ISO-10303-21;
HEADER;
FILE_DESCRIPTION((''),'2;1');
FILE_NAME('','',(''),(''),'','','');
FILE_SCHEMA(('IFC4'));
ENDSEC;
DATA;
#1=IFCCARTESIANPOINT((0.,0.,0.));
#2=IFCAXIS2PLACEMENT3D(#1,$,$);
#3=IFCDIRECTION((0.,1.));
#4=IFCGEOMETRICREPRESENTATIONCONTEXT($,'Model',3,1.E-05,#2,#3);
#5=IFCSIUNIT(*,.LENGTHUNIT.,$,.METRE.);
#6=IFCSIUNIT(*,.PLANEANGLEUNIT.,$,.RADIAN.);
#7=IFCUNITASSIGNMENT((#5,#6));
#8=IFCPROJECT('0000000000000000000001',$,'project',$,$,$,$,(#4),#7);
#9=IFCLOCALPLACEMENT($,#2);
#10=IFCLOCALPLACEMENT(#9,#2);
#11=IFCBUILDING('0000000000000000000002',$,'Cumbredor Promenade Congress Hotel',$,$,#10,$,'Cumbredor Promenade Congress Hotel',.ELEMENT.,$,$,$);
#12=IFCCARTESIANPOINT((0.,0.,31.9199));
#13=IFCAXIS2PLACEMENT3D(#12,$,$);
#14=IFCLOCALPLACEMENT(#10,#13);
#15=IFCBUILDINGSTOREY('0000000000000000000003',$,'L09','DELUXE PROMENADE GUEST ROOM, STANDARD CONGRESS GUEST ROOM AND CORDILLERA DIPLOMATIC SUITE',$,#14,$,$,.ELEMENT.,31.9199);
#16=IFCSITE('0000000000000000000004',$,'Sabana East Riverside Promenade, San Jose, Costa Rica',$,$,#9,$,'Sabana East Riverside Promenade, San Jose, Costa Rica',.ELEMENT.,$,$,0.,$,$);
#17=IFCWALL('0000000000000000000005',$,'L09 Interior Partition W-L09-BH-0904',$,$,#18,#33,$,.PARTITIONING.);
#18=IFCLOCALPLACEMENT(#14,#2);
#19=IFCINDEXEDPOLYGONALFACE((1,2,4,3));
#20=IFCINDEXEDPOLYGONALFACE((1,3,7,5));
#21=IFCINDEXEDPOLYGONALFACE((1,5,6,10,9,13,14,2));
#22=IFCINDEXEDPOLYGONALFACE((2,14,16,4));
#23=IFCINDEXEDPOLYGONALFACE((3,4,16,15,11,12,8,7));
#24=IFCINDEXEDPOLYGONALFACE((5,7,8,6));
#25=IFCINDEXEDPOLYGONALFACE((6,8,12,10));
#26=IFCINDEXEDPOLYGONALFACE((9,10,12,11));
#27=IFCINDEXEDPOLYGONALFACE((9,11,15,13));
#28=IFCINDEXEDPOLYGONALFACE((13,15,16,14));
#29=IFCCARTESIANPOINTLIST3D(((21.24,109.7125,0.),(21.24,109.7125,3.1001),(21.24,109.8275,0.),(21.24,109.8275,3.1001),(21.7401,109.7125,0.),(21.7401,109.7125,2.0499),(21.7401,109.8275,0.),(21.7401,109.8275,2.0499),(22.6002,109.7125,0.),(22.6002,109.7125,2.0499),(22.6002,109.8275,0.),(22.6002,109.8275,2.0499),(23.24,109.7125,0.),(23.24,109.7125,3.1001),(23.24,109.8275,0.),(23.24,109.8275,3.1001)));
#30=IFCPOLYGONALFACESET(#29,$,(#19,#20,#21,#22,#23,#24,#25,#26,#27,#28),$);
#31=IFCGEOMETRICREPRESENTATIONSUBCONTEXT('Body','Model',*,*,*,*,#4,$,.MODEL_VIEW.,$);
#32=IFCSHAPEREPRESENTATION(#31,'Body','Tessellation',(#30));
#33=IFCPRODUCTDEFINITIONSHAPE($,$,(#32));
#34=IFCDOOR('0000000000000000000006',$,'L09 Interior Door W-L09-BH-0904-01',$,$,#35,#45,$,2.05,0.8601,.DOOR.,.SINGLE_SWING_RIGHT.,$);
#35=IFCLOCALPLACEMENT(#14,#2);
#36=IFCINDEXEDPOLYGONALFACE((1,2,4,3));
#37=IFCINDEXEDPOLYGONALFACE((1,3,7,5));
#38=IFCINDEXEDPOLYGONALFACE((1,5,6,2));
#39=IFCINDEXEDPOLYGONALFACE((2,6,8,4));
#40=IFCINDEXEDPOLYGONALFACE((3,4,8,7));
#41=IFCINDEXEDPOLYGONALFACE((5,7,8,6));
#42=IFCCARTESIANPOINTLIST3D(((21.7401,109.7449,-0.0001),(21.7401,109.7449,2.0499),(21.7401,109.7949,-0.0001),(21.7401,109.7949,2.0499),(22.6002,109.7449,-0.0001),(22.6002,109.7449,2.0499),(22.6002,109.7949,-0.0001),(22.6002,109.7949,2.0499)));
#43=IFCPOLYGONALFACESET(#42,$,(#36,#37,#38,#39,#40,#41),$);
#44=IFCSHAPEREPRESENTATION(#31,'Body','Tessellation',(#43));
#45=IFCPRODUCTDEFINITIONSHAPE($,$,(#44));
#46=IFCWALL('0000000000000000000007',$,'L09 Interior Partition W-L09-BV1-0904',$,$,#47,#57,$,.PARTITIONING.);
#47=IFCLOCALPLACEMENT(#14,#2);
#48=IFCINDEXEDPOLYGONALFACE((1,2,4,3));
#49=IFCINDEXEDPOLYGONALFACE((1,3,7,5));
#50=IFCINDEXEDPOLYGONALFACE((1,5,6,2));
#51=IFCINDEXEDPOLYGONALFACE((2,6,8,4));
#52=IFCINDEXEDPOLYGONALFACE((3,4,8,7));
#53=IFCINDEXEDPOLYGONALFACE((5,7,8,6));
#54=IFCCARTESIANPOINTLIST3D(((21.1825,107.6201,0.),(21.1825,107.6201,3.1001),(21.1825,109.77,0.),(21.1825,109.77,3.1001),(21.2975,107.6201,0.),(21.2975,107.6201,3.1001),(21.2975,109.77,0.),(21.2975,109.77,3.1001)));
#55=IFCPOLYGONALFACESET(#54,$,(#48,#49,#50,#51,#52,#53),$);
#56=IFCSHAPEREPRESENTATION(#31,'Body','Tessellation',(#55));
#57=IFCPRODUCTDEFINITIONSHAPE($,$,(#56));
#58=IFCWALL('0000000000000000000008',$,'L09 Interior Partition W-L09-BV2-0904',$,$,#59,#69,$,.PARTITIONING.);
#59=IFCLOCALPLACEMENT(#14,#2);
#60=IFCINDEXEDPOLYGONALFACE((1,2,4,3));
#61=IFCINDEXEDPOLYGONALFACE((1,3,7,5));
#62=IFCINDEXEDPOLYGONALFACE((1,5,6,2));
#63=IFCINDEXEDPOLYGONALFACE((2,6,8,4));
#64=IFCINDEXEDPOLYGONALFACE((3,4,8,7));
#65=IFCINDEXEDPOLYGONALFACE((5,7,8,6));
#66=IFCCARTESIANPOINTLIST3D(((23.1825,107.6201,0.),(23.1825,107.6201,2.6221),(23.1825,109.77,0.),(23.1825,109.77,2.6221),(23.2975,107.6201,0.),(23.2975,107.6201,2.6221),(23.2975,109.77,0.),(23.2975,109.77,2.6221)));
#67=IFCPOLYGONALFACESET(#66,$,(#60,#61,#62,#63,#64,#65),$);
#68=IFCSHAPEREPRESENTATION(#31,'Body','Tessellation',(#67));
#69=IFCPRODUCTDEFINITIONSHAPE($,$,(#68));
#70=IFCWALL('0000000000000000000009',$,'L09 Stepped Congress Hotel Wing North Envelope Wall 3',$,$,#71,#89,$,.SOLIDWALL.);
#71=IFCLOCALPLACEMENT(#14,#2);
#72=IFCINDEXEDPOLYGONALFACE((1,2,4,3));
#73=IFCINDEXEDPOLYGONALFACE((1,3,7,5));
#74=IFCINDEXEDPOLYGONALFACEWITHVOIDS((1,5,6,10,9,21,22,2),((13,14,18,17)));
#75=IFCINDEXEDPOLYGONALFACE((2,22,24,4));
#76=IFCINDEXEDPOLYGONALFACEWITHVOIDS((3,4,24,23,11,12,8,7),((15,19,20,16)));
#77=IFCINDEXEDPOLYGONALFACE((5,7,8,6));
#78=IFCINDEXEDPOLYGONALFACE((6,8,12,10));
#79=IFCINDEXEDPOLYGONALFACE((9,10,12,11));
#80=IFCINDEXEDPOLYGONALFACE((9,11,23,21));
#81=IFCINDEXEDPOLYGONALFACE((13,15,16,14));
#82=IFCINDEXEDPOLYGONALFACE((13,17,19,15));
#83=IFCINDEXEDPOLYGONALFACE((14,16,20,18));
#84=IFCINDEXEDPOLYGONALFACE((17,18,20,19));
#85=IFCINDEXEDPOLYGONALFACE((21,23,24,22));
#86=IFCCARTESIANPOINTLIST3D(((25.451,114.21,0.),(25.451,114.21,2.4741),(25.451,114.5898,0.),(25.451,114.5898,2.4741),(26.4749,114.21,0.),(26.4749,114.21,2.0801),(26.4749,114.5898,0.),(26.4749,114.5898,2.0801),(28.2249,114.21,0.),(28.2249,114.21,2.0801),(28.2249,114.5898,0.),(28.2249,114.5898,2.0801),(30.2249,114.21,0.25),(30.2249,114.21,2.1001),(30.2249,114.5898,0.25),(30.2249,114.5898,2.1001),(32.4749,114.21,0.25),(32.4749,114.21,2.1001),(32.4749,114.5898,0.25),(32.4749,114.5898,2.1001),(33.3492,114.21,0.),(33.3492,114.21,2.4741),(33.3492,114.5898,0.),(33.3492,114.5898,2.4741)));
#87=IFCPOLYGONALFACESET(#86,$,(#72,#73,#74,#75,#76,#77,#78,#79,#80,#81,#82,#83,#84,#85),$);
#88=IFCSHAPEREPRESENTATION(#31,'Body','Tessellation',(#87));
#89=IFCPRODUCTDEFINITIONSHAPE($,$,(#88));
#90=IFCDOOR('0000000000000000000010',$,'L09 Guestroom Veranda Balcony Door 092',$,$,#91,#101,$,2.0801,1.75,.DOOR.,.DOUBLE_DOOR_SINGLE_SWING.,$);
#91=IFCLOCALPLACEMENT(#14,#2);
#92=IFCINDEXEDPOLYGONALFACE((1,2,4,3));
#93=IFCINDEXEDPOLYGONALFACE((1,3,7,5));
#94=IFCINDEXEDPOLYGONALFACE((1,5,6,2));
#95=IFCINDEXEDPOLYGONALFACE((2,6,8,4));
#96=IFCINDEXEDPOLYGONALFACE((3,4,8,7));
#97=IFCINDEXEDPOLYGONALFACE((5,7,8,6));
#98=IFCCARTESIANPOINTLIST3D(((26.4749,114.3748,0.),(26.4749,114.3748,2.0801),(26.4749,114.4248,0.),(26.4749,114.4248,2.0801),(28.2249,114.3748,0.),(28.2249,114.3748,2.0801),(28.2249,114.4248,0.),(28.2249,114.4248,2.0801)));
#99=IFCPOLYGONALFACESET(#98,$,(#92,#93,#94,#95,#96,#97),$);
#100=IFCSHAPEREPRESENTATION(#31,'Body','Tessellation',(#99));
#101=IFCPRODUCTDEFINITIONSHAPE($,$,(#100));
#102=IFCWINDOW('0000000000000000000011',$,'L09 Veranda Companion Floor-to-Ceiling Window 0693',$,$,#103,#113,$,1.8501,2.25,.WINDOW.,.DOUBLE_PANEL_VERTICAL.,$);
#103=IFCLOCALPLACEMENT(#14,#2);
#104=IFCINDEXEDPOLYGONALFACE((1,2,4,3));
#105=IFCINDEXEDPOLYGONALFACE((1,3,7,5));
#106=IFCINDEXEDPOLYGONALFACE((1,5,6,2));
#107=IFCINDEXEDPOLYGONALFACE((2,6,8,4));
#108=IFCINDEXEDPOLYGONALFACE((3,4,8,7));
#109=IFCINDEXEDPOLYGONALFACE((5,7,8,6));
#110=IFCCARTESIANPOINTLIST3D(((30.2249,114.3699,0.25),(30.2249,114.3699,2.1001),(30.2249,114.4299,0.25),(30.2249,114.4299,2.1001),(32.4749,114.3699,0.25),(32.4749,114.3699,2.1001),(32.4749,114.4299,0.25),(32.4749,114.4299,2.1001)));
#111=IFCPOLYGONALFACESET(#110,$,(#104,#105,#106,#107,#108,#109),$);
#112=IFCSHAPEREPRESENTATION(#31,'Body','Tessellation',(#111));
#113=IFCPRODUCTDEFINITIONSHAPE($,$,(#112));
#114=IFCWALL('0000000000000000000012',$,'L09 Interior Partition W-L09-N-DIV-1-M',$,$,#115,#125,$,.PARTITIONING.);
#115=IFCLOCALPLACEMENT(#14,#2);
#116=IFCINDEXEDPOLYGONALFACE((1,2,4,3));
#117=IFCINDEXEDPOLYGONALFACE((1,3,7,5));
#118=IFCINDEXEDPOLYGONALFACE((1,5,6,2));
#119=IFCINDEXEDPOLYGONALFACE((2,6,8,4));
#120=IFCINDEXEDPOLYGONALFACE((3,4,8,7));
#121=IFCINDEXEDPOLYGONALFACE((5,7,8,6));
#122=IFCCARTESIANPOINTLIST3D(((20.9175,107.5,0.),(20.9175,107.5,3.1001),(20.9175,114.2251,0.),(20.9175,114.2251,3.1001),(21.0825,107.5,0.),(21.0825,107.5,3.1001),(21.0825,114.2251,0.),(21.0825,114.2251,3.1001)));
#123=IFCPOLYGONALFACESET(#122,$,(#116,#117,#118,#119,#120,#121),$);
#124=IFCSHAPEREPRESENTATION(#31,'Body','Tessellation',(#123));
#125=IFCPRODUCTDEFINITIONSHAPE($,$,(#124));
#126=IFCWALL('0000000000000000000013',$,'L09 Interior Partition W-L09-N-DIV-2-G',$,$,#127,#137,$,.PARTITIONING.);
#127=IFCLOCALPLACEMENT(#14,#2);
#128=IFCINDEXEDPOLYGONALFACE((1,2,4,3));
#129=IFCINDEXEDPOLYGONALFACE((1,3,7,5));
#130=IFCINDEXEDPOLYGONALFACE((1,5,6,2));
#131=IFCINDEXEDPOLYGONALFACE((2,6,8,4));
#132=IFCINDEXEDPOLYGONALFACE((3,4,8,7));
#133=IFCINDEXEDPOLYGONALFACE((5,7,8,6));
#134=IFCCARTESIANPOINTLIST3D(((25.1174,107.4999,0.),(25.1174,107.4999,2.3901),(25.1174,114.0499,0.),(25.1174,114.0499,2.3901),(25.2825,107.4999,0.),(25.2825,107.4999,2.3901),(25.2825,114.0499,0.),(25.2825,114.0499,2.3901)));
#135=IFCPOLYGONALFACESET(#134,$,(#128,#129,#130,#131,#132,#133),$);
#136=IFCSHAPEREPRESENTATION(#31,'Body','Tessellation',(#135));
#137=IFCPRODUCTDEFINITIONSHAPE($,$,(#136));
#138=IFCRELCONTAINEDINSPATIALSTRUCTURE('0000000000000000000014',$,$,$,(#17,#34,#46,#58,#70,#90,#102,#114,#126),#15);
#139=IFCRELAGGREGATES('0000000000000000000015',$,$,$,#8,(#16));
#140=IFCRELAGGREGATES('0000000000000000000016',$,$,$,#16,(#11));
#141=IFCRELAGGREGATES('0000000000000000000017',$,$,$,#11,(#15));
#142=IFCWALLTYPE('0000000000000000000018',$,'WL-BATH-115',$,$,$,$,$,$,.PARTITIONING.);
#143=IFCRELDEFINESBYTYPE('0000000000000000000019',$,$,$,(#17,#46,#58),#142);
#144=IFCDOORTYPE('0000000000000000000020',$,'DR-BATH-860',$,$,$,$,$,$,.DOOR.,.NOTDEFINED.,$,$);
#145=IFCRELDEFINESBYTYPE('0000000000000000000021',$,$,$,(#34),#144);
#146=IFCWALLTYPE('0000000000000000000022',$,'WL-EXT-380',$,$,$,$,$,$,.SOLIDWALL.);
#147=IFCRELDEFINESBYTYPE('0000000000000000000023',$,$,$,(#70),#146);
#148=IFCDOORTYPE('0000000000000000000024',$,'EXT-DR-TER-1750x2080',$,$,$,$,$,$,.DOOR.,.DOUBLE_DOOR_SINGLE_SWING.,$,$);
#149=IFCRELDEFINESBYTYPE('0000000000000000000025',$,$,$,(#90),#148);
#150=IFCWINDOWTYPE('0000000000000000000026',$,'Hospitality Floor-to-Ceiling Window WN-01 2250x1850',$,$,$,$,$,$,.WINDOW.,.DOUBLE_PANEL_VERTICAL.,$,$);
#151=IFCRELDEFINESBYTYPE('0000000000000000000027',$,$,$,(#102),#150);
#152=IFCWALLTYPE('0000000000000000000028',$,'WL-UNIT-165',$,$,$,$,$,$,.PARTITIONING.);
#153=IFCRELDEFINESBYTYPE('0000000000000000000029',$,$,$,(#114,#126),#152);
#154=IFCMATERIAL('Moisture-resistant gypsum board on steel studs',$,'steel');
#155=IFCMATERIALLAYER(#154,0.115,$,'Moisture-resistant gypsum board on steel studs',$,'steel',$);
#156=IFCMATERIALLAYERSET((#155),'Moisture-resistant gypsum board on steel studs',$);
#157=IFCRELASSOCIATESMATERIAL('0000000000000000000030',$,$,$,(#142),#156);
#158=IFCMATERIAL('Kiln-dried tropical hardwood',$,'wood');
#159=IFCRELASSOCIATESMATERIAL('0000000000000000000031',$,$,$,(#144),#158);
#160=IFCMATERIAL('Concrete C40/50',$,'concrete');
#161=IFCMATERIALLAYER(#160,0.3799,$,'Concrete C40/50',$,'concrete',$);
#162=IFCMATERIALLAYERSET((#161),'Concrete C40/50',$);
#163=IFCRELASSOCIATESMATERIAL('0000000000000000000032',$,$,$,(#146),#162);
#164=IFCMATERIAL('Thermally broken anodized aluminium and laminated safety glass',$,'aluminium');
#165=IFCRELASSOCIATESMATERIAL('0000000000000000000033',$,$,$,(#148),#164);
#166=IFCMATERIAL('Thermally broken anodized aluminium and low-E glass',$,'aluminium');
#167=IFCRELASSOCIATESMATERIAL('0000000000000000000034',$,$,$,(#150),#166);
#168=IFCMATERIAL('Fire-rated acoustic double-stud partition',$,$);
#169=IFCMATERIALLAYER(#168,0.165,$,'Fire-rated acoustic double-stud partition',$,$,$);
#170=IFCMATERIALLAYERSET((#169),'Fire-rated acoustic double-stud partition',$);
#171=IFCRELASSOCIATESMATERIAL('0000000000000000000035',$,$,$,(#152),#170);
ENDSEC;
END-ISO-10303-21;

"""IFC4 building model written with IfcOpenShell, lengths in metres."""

from ifc_helpers import new_model, si_unit, direction, frame, frame_2d, origin, place, context, subcontext, project, spatial, rectangle, extrude, material, layer, layer_set, type_object, element, fill, save


model = new_model("IFC4")

# Units and contexts
model_context = context("Model", 3, precision=1e-05, world=origin(), true_north=direction((0.0, 1.0)))
body_context = subcontext(model_context, "Body", "Model", "MODEL_VIEW")
ifc_project = project(units=[si_unit("LENGTHUNIT", "METRE"), si_unit("PLANEANGLEUNIT", "RADIAN")], contexts=[model_context])

# Site, building, storey
site_placement = place(None, origin())
site = spatial("IfcSite", under=ifc_project, at=site_placement, Name="Sabana East Riverside Promenade, San Jose, Costa Rica", LongName="Sabana East Riverside Promenade, San Jose, Costa Rica", CompositionType="ELEMENT", RefElevation=0.0)
building_placement = place(site_placement, origin())
building = spatial("IfcBuilding", under=site, at=building_placement, Name="Cumbredor Promenade Congress Hotel", LongName="Cumbredor Promenade Congress Hotel", CompositionType="ELEMENT")
storey_placement = place(building_placement, frame((0.0, 0.0, 31.9199)))
storey = spatial("IfcBuildingStorey", under=building, at=storey_placement, Name="L09", Description="DELUXE PROMENADE GUEST ROOM, STANDARD CONGRESS GUEST ROOM AND CORDILLERA DIPLOMATIC SUITE", CompositionType="ELEMENT", Elevation=31.9199)

# Shared definitions
ifc_material_1 = material(Name="Concrete C40/50", Category="concrete")

# Shared definitions
ifc_material_2 = material(Name="Thermally broken anodized aluminium and low-E glass", Category="aluminium")
ifc_material_3 = material(Name="Kiln-dried tropical hardwood", Category="wood")

# Shared definitions
ifc_material_4 = material(Name="Moisture-resistant gypsum board on steel studs", Category="steel")
ifc_layer_1 = layer(ifc_material_4, 0.115, Name="Moisture-resistant gypsum board on steel studs", Category="steel")
ifc_layer_set_1 = layer_set([ifc_layer_1], Name="Moisture-resistant gypsum board on steel studs")
wall_type_1 = type_object("IfcWallType", Name="WL-BATH-115", PredefinedType="PARTITIONING", material=ifc_layer_set_1)

# Wall, opening, door
wall_1_placement = place(storey_placement, frame((21.24, 109.77, 0.0), z_axis=(0.0, 0.0, 1.0), x_axis=(1.0, 0.0, 0.0)))
wall_1 = element("IfcWall", 1, at=wall_1_placement, inside=storey, type_object=wall_type_1, Name="L09 Interior Partition W-L09-BH-0904", PredefinedType="PARTITIONING", context=body_context, shape_type="SweptSolid", body=[
    extrude(rectangle(XDim=2.0, YDim=0.115, at=frame_2d((1.0, 0.0))), origin(), (0.0, 0.0, 1.0), 3.1001),
])
opening_1_placement = place(wall_1_placement, frame((0.5, 0.0, 0.0)))
opening_1 = element("IfcOpeningElement", 2, at=opening_1_placement, cuts=wall_1, PredefinedType="OPENING", context=body_context, shape_type="SweptSolid", body=[
    extrude(rectangle(XDim=0.8601, YDim=2.05, at=frame_2d((0.4302, 1.0249))), frame((0.0, 0.0674, 0.0), z_axis=(0.0, -1.0, 0.0), x_axis=(1.0, 0.0, 0.0)), (0.0, 0.0, 1.0), 0.135),
])
door_type_1 = type_object("IfcDoorType", Name="DR-BATH-860", OperationType="NOTDEFINED", PredefinedType="DOOR", material=ifc_material_3)
door_1_placement = place(opening_1_placement, origin())
door_1 = element("IfcDoor", 3, at=door_1_placement, inside=storey, type_object=door_type_1, Name="L09 Interior Door W-L09-BH-0904-01", OperationType="SINGLE_SWING_RIGHT", OverallHeight=2.05, OverallWidth=0.8601, PredefinedType="DOOR", context=body_context, shape_type="SweptSolid", body=[
    extrude(rectangle(XDim=0.8601, YDim=2.05, at=frame_2d((0.4302, 1.0249))), frame((0.0, 0.0249, 0.0), z_axis=(0.0, -1.0, 0.0), x_axis=(1.0, 0.0, 0.0)), (0.0, 0.0, 1.0), 0.05),
])
fill(opening_1, door_1)

# Walls
wall_2_placement = place(storey_placement, frame((21.24, 107.6201, 0.0), z_axis=(0.0, 0.0, 1.0), x_axis=(0.0, 1.0, 0.0)))
element("IfcWall", 4, at=wall_2_placement, inside=storey, type_object=wall_type_1, Name="L09 Interior Partition W-L09-BV1-0904", PredefinedType="PARTITIONING", context=body_context, shape_type="SweptSolid", body=[
    extrude(rectangle(XDim=2.1499, YDim=0.115, at=frame_2d((1.075, 0.0))), origin(), (0.0, 0.0, 1.0), 3.1001),
])
wall_3_placement = place(storey_placement, frame((23.24, 107.6201, 0.0), z_axis=(0.0, 0.0, 1.0), x_axis=(0.0, 1.0, 0.0)))
element("IfcWall", 5, at=wall_3_placement, inside=storey, type_object=wall_type_1, Name="L09 Interior Partition W-L09-BV2-0904", PredefinedType="PARTITIONING", context=body_context, shape_type="SweptSolid", body=[
    extrude(rectangle(XDim=2.1499, YDim=0.115, at=frame_2d((1.075, 0.0))), origin(), (0.0, 0.0, 1.0), 2.6221),
])

# Wall, openings, door, window
ifc_layer_2 = layer(ifc_material_1, 0.3799, Name="Concrete C40/50", Category="concrete")
ifc_layer_set_2 = layer_set([ifc_layer_2], Name="Concrete C40/50")
wall_type_2 = type_object("IfcWallType", Name="WL-EXT-380", PredefinedType="SOLIDWALL", material=ifc_layer_set_2)
wall_4_placement = place(storey_placement, frame((25.4509, 114.3999, 0.0), z_axis=(0.0, 0.0, 1.0), x_axis=(1.0, 0.0, 0.0)))
wall_4 = element("IfcWall", 6, at=wall_4_placement, inside=storey, type_object=wall_type_2, Name="L09 Stepped Congress Hotel Wing North Envelope Wall 3", PredefinedType="SOLIDWALL", context=body_context, shape_type="SweptSolid", body=[
    extrude(rectangle(XDim=7.8982, YDim=0.3799, at=frame_2d((3.9492, 0.0))), origin(), (0.0, 0.0, 1.0), 2.4741),
])
opening_2_placement = place(wall_4_placement, frame((1.0239, 0.0, 0.0)))
opening_2 = element("IfcOpeningElement", 7, at=opening_2_placement, cuts=wall_4, PredefinedType="OPENING", context=body_context, shape_type="SweptSolid", body=[
    extrude(rectangle(XDim=1.75, YDim=2.0801, at=frame_2d((0.875, 1.04))), frame((0.0, 0.2, 0.0), z_axis=(0.0, -1.0, 0.0), x_axis=(1.0, 0.0, 0.0)), (0.0, 0.0, 1.0), 0.3999),
])
opening_3_placement = place(wall_4_placement, frame((4.7739, 0.0, 0.25)))
opening_3 = element("IfcOpeningElement", 8, at=opening_3_placement, cuts=wall_4, PredefinedType="OPENING", context=body_context, shape_type="SweptSolid", body=[
    extrude(rectangle(XDim=2.25, YDim=1.8501, at=frame_2d((1.125, 0.925))), frame((0.0, 0.2, 0.0), z_axis=(0.0, -1.0, 0.0), x_axis=(1.0, 0.0, 0.0)), (0.0, 0.0, 1.0), 0.3999),
])
ifc_material_5 = material(Name="Thermally broken anodized aluminium and laminated safety glass", Category="aluminium")
door_type_2 = type_object("IfcDoorType", Name="EXT-DR-TER-1750x2080", OperationType="DOUBLE_DOOR_SINGLE_SWING", PredefinedType="DOOR", material=ifc_material_5)
door_2_placement = place(opening_2_placement, origin())
door_2 = element("IfcDoor", 9, at=door_2_placement, inside=storey, type_object=door_type_2, Name="L09 Guestroom Veranda Balcony Door 092", OperationType="DOUBLE_DOOR_SINGLE_SWING", OverallHeight=2.0801, OverallWidth=1.75, PredefinedType="DOOR", context=body_context, shape_type="SweptSolid", body=[
    extrude(rectangle(XDim=1.75, YDim=2.0801, at=frame_2d((0.875, 1.04))), frame((0.0, 0.0249, 0.0), z_axis=(0.0, -1.0, 0.0), x_axis=(1.0, 0.0, 0.0)), (0.0, 0.0, 1.0), 0.05),
])
fill(opening_2, door_2)
window_type = type_object("IfcWindowType", Name="Hospitality Floor-to-Ceiling Window WN-01 2250x1850", PartitioningType="DOUBLE_PANEL_VERTICAL", PredefinedType="WINDOW", material=ifc_material_2)
window_placement = place(opening_3_placement, origin())
window = element("IfcWindow", 10, at=window_placement, inside=storey, type_object=window_type, Name="L09 Veranda Companion Floor-to-Ceiling Window 0693", OverallHeight=1.8501, OverallWidth=2.25, PartitioningType="DOUBLE_PANEL_VERTICAL", PredefinedType="WINDOW", context=body_context, shape_type="SweptSolid", body=[
    extrude(rectangle(XDim=2.25, YDim=1.8501, at=frame_2d((1.125, 0.925))), frame((0.0, 0.03, 0.0), z_axis=(0.0, -1.0, 0.0), x_axis=(1.0, 0.0, 0.0)), (0.0, 0.0, 1.0), 0.0601),
])
fill(opening_3, window)

# Walls
ifc_material_6 = material(Name="Fire-rated acoustic double-stud partition")
ifc_layer_3 = layer(ifc_material_6, 0.165, Name="Fire-rated acoustic double-stud partition")
ifc_layer_set_3 = layer_set([ifc_layer_3], Name="Fire-rated acoustic double-stud partition")
wall_type_3 = type_object("IfcWallType", Name="WL-UNIT-165", PredefinedType="PARTITIONING", material=ifc_layer_set_3)
wall_5_placement = place(storey_placement, frame((21.0, 107.5, 0.0), z_axis=(0.0, 0.0, 1.0), x_axis=(0.0, 1.0, 0.0)))
element("IfcWall", 11, at=wall_5_placement, inside=storey, type_object=wall_type_3, Name="L09 Interior Partition W-L09-N-DIV-1-M", PredefinedType="PARTITIONING", context=body_context, shape_type="SweptSolid", body=[
    extrude(rectangle(XDim=6.7251, YDim=0.165, at=frame_2d((3.3625, 0.0))), origin(), (0.0, 0.0, 1.0), 3.1001),
])
wall_6_placement = place(storey_placement, frame((25.2, 107.5, 0.0), z_axis=(0.0, 0.0, 1.0), x_axis=(0.0, 1.0, 0.0)))
element("IfcWall", 12, at=wall_6_placement, inside=storey, type_object=wall_type_3, Name="L09 Interior Partition W-L09-N-DIV-2-G", PredefinedType="PARTITIONING", context=body_context, shape_type="SweptSolid", body=[
    extrude(rectangle(XDim=6.55, YDim=0.165, at=frame_2d((3.2749, 0.0))), origin(), (0.0, 0.0, 1.0), 2.3901),
])

save(model, "model.ifc")
